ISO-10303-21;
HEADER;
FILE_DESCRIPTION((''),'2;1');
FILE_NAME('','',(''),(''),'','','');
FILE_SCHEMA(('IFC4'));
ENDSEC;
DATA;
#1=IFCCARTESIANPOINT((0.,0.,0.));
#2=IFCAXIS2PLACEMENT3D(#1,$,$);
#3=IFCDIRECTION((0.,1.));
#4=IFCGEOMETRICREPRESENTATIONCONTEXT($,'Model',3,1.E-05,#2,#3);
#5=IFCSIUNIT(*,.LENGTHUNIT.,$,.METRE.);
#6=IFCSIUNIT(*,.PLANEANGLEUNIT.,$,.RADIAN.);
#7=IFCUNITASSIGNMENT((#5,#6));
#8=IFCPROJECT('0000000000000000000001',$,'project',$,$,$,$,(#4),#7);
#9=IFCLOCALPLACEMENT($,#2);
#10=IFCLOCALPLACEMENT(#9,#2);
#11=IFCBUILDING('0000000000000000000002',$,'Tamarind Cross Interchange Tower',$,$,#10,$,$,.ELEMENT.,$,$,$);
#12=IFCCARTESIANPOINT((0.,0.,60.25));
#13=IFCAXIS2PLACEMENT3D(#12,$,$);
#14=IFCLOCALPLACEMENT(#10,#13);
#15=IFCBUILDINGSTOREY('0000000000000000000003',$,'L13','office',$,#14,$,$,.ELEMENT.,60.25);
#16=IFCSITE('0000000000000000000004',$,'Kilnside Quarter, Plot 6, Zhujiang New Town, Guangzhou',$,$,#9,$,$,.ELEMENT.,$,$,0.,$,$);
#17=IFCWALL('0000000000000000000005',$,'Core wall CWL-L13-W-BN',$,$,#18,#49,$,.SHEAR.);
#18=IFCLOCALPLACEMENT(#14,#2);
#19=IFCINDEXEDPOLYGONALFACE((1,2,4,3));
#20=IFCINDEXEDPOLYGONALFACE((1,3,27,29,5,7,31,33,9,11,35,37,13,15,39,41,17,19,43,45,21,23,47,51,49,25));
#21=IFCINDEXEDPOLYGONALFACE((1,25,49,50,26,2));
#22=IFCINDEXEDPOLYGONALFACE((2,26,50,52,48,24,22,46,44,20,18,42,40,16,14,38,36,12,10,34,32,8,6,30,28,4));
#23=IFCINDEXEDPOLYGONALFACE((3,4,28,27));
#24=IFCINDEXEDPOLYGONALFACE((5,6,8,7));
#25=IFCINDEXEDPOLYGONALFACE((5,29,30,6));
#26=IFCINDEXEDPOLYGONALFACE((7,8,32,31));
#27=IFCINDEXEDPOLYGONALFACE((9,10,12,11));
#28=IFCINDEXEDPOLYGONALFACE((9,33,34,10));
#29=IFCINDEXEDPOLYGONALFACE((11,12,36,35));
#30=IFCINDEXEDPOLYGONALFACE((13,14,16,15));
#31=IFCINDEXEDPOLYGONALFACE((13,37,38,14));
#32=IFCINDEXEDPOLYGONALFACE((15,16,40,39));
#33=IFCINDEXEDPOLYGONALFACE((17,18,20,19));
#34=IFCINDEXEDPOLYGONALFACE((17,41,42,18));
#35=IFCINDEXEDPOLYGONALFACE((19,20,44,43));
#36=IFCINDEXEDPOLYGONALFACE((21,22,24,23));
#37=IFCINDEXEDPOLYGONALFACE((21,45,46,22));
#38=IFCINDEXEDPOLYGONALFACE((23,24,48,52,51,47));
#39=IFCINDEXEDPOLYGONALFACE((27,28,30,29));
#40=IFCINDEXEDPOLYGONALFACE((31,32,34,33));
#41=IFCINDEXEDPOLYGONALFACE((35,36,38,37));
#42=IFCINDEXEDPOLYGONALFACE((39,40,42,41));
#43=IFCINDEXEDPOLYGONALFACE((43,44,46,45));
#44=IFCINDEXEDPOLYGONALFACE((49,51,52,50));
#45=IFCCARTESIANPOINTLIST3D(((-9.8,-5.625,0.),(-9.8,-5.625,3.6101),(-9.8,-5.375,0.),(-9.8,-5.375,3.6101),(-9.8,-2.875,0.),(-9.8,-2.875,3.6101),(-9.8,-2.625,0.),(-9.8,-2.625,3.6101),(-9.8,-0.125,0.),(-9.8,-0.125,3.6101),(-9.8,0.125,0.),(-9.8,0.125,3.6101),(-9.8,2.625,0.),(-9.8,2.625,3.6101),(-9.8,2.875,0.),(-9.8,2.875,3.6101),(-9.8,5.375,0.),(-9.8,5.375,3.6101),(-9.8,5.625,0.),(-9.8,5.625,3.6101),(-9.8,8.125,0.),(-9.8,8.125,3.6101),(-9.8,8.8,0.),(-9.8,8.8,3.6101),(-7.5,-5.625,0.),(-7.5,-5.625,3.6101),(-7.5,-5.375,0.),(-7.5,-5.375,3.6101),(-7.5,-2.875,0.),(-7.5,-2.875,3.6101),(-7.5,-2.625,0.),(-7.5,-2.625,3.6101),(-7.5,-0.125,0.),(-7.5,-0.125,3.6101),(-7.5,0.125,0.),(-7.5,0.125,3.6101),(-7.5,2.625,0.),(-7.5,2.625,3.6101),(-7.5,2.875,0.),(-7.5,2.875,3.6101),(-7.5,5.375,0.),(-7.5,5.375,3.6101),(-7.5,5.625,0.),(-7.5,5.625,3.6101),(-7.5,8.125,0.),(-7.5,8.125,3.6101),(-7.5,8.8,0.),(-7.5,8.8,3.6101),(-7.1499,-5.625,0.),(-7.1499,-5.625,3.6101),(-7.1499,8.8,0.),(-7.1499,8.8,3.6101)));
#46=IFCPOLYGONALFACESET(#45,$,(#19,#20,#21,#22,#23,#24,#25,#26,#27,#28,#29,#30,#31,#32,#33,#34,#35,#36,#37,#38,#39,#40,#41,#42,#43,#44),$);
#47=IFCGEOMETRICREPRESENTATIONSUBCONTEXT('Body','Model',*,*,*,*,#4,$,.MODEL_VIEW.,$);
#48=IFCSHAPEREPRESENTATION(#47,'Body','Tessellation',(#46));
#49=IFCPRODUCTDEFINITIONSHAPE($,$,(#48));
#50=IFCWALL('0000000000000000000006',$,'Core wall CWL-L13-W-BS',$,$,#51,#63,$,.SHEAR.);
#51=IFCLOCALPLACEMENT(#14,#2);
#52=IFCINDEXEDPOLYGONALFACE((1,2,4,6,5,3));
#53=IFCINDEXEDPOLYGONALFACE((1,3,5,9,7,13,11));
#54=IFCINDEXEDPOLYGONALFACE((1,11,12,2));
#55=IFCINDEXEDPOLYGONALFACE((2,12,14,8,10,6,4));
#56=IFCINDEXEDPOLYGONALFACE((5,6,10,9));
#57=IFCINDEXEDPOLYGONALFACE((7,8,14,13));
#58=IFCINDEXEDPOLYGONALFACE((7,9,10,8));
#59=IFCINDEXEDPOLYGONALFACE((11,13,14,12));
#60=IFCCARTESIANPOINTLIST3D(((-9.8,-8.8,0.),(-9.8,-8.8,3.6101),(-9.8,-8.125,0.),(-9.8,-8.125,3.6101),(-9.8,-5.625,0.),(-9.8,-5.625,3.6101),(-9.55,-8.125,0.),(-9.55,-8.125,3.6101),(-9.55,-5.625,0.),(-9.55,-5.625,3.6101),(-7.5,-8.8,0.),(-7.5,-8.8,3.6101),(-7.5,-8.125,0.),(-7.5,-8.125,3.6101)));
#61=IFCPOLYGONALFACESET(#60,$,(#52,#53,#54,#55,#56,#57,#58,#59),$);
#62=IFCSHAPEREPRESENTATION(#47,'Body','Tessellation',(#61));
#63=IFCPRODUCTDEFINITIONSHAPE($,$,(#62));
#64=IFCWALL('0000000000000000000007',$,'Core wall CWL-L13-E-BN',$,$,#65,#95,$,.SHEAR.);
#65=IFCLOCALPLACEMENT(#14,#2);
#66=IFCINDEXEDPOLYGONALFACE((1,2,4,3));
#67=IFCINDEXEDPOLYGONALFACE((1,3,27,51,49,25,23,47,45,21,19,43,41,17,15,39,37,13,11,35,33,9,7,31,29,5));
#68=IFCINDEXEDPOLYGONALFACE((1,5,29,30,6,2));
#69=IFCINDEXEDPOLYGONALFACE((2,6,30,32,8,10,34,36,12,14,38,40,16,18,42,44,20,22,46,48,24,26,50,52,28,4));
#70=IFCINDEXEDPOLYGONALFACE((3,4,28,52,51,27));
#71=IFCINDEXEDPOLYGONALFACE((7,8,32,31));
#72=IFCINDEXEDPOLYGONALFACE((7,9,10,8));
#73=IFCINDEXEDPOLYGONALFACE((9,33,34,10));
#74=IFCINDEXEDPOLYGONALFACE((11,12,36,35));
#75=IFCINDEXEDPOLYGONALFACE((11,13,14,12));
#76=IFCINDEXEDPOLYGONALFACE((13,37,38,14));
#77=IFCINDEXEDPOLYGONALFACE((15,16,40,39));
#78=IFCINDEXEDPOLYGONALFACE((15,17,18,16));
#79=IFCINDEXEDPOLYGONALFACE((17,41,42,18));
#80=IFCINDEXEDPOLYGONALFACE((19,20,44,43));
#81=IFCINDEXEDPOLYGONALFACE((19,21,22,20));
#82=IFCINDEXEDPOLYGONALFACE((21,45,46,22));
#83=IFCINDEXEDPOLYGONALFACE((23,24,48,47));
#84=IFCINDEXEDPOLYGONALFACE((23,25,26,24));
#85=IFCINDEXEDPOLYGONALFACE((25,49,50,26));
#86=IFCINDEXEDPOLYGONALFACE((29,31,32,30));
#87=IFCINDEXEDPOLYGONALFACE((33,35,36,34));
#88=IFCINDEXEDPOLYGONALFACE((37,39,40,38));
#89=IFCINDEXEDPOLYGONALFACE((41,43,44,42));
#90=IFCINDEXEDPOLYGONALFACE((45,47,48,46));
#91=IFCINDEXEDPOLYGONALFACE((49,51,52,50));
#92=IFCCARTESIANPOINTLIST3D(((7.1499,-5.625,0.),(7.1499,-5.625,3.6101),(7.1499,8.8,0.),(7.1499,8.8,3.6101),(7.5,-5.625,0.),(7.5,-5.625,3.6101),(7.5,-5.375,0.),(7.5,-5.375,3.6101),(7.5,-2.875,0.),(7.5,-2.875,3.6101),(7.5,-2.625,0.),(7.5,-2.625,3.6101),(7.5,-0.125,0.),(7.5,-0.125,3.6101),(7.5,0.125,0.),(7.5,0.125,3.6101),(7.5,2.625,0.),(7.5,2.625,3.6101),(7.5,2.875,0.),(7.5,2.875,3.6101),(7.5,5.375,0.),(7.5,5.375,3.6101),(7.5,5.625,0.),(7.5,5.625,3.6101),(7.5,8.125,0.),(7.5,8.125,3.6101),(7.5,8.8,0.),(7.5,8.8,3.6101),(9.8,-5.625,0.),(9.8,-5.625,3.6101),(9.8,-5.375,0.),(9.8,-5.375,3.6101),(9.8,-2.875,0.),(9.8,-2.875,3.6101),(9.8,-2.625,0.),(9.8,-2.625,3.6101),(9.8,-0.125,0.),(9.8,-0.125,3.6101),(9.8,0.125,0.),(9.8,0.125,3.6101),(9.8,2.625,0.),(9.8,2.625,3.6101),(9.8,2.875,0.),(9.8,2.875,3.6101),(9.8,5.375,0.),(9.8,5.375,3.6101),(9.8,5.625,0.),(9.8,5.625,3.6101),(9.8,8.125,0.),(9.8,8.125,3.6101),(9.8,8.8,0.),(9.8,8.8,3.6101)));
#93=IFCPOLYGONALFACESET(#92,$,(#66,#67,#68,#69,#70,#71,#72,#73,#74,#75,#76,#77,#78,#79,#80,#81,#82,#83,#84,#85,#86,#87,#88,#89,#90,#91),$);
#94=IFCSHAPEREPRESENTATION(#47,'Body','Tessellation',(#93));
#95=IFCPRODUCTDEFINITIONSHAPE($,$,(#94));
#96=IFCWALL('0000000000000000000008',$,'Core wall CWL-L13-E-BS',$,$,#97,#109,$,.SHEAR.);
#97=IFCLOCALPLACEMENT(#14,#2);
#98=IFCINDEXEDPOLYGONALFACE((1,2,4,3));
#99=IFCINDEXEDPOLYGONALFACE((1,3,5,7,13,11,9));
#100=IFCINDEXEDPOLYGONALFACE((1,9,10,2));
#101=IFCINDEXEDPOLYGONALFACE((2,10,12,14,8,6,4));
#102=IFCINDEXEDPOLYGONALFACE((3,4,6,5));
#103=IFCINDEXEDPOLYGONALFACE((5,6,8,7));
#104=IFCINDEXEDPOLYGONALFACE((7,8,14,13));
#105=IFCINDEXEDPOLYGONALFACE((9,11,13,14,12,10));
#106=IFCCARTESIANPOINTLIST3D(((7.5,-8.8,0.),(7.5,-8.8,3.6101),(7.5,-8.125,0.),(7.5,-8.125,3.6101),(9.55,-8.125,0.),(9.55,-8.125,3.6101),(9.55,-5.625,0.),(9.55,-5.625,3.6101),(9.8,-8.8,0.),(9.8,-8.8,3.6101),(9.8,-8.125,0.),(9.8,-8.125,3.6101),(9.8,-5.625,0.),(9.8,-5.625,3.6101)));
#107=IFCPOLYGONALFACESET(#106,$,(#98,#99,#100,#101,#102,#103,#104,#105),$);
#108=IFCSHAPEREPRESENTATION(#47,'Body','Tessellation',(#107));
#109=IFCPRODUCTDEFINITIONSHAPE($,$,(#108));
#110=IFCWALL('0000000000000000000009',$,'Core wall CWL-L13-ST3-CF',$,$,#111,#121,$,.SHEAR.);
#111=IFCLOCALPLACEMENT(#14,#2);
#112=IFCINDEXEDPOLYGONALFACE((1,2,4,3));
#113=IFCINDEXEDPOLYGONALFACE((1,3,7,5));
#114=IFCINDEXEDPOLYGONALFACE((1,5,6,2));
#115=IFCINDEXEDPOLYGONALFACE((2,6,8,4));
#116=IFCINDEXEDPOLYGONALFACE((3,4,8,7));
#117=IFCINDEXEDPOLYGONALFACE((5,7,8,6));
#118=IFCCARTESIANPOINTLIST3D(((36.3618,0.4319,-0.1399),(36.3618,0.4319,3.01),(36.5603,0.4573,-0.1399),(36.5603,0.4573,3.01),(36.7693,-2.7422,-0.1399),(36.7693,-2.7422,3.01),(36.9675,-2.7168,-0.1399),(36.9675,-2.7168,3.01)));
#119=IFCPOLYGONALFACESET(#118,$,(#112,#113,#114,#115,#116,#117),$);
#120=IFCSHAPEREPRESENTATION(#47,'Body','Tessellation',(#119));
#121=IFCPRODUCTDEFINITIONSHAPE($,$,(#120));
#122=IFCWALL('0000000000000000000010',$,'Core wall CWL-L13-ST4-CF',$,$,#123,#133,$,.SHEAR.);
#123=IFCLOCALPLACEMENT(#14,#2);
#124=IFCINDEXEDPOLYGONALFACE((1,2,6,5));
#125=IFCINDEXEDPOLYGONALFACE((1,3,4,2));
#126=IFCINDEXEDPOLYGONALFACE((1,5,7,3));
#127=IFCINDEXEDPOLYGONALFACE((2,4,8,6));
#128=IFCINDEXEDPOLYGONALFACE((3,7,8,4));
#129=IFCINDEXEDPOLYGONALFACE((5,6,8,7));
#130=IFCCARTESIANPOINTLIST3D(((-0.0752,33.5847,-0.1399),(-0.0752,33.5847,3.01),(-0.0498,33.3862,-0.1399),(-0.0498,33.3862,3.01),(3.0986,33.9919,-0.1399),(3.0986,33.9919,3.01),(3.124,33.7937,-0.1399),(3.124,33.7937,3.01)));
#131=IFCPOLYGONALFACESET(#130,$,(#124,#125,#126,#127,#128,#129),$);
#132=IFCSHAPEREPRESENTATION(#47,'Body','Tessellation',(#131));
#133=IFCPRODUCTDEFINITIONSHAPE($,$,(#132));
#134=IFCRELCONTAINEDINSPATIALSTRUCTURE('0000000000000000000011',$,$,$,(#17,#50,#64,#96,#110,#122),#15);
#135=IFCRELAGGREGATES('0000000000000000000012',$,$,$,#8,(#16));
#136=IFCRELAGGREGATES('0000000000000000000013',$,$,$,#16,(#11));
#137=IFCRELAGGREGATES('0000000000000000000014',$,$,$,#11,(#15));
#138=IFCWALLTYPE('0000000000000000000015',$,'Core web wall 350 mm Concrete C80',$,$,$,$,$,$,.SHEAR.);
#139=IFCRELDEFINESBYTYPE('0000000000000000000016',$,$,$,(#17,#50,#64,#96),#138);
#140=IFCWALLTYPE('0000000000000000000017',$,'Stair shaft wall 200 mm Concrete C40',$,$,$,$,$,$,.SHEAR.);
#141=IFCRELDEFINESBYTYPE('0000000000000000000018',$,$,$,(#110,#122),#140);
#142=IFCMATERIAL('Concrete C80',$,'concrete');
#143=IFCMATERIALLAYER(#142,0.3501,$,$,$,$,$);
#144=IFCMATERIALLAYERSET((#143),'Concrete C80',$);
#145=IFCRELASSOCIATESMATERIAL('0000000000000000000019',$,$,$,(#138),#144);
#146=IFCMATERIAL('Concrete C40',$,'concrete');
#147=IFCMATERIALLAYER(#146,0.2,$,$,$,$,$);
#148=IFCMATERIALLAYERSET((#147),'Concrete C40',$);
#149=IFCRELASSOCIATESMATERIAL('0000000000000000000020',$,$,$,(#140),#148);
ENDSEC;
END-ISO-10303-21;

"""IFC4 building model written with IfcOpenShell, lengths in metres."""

from ifc_helpers import new_model, si_unit, direction, frame, origin, place, context, subcontext, project, spatial, polyline, outline, extrude, material, layer, layer_set, type_object, element, save


model = new_model("IFC4")

# Units and contexts
model_context = context("Model", 3, precision=1e-05, world=origin(), true_north=direction((0.0, 1.0)))
body_context = subcontext(model_context, "Body", "Model", "MODEL_VIEW")
ifc_project = project(units=[si_unit("LENGTHUNIT", "METRE"), si_unit("PLANEANGLEUNIT", "RADIAN")], contexts=[model_context])

# Site, building, storey
site_placement = place(None, origin())
site = spatial("IfcSite", under=ifc_project, at=site_placement, Name="Kilnside Quarter, Plot 6, Zhujiang New Town, Guangzhou", CompositionType="ELEMENT", RefElevation=0.0)
building_placement = place(site_placement, origin())
building = spatial("IfcBuilding", under=site, at=building_placement, Name="Tamarind Cross Interchange Tower", CompositionType="ELEMENT")
storey_placement = place(building_placement, frame((0.0, 0.0, 60.25)))
storey = spatial("IfcBuildingStorey", under=building, at=storey_placement, Name="L13", Description="office", CompositionType="ELEMENT", Elevation=60.25)

# Shared definitions
ifc_material_1 = material(Name="Concrete C40", Category="concrete")

# Walls
ifc_material_2 = material(Name="Concrete C80", Category="concrete")
ifc_layer_1 = layer(ifc_material_2, 0.3501)
ifc_layer_set_1 = layer_set([ifc_layer_1], Name="Concrete C80")
wall_type_1 = type_object("IfcWallType", Name="Core web wall 350 mm Concrete C80", PredefinedType="SHEAR", material=ifc_layer_set_1)
wall_1_placement = place(storey_placement, origin())
element("IfcWall", 1, at=wall_1_placement, inside=storey, type_object=wall_type_1, Name="Core wall CWL-L13-W-BN", PredefinedType="SHEAR", context=body_context, shape_type="SweptSolid", body=[
    extrude(outline(polyline([(-9.8, -5.375), (-9.8, -5.625), (-7.5, -5.625), (-7.1499, -5.625), (-7.1499, 8.8), (-7.5, 8.8), (-9.8, 8.8), (-9.8, 8.125), (-7.5, 8.125), (-7.5, 5.625), (-9.8, 5.625), (-9.8, 5.375), (-7.5, 5.375), (-7.5, 2.875), (-9.8, 2.875), (-9.8, 2.625), (-7.5, 2.625), (-7.5, 0.125), (-9.8, 0.125), (-9.8, -0.125), (-7.5, -0.125), (-7.5, -2.625), (-9.8, -2.625), (-9.8, -2.875), (-7.5, -2.875), (-7.5, -5.375), (-9.8, -5.375)])), origin(), (0.0, 0.0, 1.0), 3.6101),
])
wall_2_placement = place(storey_placement, origin())
element("IfcWall", 2, at=wall_2_placement, inside=storey, type_object=wall_type_1, Name="Core wall CWL-L13-W-BS", PredefinedType="SHEAR", context=body_context, shape_type="SweptSolid", body=[
    extrude(outline(polyline([(-7.5, -8.125), (-9.55, -8.125), (-9.55, -5.625), (-9.8, -5.625), (-9.8, -8.125), (-9.8, -8.8), (-7.5, -8.8), (-7.5, -8.125)])), origin(), (0.0, 0.0, 1.0), 3.6101),
])
wall_3_placement = place(storey_placement, origin())
element("IfcWall", 3, at=wall_3_placement, inside=storey, type_object=wall_type_1, Name="Core wall CWL-L13-E-BN", PredefinedType="SHEAR", context=body_context, shape_type="SweptSolid", body=[
    extrude(outline(polyline([(9.8, -5.375), (7.5, -5.375), (7.5, -2.875), (9.8, -2.875), (9.8, -2.625), (7.5, -2.625), (7.5, -0.125), (9.8, -0.125), (9.8, 0.125), (7.5, 0.125), (7.5, 2.625), (9.8, 2.625), (9.8, 2.875), (7.5, 2.875), (7.5, 5.375), (9.8, 5.375), (9.8, 5.625), (7.5, 5.625), (7.5, 8.125), (9.8, 8.125), (9.8, 8.8), (7.5, 8.8), (7.1499, 8.8), (7.1499, -5.625), (7.5, -5.625), (9.8, -5.625), (9.8, -5.375)])), origin(), (0.0, 0.0, 1.0), 3.6101),
])
wall_4_placement = place(storey_placement, origin())
element("IfcWall", 4, at=wall_4_placement, inside=storey, type_object=wall_type_1, Name="Core wall CWL-L13-E-BS", PredefinedType="SHEAR", context=body_context, shape_type="SweptSolid", body=[
    extrude(outline(polyline([(7.5, -8.125), (7.5, -8.8), (9.8, -8.8), (9.8, -8.125), (9.8, -5.625), (9.55, -5.625), (9.55, -8.125), (7.5, -8.125)])), origin(), (0.0, 0.0, 1.0), 3.6101),
])
ifc_layer_2 = layer(ifc_material_1, 0.2)
ifc_layer_set_2 = layer_set([ifc_layer_2], Name="Concrete C40")
wall_type_2 = type_object("IfcWallType", Name="Stair shaft wall 200 mm Concrete C40", PredefinedType="SHEAR", material=ifc_layer_set_2)
wall_5_placement = place(storey_placement, frame((0.0, 0.0, -0.1399)))
element("IfcWall", 5, at=wall_5_placement, inside=storey, type_object=wall_type_2, Name="Core wall CWL-L13-ST3-CF", PredefinedType="SHEAR", context=body_context, shape_type="SweptSolid", body=[
    extrude(outline(polyline([(36.7693, -2.7422), (36.9675, -2.7168), (36.5603, 0.4573), (36.3618, 0.4319), (36.7693, -2.7422)])), origin(), (0.0, 0.0, 1.0), 3.1499),
])
wall_6_placement = place(storey_placement, frame((0.0, 0.0, -0.1399)))
element("IfcWall", 6, at=wall_6_placement, inside=storey, type_object=wall_type_2, Name="Core wall CWL-L13-ST4-CF", PredefinedType="SHEAR", context=body_context, shape_type="SweptSolid", body=[
    extrude(outline(polyline([(3.124, 33.7937), (3.0986, 33.9919), (-0.0752, 33.5847), (-0.0498, 33.3862), (3.124, 33.7937)])), origin(), (0.0, 0.0, 1.0), 3.1499),
])

save(model, "model.ifc")
